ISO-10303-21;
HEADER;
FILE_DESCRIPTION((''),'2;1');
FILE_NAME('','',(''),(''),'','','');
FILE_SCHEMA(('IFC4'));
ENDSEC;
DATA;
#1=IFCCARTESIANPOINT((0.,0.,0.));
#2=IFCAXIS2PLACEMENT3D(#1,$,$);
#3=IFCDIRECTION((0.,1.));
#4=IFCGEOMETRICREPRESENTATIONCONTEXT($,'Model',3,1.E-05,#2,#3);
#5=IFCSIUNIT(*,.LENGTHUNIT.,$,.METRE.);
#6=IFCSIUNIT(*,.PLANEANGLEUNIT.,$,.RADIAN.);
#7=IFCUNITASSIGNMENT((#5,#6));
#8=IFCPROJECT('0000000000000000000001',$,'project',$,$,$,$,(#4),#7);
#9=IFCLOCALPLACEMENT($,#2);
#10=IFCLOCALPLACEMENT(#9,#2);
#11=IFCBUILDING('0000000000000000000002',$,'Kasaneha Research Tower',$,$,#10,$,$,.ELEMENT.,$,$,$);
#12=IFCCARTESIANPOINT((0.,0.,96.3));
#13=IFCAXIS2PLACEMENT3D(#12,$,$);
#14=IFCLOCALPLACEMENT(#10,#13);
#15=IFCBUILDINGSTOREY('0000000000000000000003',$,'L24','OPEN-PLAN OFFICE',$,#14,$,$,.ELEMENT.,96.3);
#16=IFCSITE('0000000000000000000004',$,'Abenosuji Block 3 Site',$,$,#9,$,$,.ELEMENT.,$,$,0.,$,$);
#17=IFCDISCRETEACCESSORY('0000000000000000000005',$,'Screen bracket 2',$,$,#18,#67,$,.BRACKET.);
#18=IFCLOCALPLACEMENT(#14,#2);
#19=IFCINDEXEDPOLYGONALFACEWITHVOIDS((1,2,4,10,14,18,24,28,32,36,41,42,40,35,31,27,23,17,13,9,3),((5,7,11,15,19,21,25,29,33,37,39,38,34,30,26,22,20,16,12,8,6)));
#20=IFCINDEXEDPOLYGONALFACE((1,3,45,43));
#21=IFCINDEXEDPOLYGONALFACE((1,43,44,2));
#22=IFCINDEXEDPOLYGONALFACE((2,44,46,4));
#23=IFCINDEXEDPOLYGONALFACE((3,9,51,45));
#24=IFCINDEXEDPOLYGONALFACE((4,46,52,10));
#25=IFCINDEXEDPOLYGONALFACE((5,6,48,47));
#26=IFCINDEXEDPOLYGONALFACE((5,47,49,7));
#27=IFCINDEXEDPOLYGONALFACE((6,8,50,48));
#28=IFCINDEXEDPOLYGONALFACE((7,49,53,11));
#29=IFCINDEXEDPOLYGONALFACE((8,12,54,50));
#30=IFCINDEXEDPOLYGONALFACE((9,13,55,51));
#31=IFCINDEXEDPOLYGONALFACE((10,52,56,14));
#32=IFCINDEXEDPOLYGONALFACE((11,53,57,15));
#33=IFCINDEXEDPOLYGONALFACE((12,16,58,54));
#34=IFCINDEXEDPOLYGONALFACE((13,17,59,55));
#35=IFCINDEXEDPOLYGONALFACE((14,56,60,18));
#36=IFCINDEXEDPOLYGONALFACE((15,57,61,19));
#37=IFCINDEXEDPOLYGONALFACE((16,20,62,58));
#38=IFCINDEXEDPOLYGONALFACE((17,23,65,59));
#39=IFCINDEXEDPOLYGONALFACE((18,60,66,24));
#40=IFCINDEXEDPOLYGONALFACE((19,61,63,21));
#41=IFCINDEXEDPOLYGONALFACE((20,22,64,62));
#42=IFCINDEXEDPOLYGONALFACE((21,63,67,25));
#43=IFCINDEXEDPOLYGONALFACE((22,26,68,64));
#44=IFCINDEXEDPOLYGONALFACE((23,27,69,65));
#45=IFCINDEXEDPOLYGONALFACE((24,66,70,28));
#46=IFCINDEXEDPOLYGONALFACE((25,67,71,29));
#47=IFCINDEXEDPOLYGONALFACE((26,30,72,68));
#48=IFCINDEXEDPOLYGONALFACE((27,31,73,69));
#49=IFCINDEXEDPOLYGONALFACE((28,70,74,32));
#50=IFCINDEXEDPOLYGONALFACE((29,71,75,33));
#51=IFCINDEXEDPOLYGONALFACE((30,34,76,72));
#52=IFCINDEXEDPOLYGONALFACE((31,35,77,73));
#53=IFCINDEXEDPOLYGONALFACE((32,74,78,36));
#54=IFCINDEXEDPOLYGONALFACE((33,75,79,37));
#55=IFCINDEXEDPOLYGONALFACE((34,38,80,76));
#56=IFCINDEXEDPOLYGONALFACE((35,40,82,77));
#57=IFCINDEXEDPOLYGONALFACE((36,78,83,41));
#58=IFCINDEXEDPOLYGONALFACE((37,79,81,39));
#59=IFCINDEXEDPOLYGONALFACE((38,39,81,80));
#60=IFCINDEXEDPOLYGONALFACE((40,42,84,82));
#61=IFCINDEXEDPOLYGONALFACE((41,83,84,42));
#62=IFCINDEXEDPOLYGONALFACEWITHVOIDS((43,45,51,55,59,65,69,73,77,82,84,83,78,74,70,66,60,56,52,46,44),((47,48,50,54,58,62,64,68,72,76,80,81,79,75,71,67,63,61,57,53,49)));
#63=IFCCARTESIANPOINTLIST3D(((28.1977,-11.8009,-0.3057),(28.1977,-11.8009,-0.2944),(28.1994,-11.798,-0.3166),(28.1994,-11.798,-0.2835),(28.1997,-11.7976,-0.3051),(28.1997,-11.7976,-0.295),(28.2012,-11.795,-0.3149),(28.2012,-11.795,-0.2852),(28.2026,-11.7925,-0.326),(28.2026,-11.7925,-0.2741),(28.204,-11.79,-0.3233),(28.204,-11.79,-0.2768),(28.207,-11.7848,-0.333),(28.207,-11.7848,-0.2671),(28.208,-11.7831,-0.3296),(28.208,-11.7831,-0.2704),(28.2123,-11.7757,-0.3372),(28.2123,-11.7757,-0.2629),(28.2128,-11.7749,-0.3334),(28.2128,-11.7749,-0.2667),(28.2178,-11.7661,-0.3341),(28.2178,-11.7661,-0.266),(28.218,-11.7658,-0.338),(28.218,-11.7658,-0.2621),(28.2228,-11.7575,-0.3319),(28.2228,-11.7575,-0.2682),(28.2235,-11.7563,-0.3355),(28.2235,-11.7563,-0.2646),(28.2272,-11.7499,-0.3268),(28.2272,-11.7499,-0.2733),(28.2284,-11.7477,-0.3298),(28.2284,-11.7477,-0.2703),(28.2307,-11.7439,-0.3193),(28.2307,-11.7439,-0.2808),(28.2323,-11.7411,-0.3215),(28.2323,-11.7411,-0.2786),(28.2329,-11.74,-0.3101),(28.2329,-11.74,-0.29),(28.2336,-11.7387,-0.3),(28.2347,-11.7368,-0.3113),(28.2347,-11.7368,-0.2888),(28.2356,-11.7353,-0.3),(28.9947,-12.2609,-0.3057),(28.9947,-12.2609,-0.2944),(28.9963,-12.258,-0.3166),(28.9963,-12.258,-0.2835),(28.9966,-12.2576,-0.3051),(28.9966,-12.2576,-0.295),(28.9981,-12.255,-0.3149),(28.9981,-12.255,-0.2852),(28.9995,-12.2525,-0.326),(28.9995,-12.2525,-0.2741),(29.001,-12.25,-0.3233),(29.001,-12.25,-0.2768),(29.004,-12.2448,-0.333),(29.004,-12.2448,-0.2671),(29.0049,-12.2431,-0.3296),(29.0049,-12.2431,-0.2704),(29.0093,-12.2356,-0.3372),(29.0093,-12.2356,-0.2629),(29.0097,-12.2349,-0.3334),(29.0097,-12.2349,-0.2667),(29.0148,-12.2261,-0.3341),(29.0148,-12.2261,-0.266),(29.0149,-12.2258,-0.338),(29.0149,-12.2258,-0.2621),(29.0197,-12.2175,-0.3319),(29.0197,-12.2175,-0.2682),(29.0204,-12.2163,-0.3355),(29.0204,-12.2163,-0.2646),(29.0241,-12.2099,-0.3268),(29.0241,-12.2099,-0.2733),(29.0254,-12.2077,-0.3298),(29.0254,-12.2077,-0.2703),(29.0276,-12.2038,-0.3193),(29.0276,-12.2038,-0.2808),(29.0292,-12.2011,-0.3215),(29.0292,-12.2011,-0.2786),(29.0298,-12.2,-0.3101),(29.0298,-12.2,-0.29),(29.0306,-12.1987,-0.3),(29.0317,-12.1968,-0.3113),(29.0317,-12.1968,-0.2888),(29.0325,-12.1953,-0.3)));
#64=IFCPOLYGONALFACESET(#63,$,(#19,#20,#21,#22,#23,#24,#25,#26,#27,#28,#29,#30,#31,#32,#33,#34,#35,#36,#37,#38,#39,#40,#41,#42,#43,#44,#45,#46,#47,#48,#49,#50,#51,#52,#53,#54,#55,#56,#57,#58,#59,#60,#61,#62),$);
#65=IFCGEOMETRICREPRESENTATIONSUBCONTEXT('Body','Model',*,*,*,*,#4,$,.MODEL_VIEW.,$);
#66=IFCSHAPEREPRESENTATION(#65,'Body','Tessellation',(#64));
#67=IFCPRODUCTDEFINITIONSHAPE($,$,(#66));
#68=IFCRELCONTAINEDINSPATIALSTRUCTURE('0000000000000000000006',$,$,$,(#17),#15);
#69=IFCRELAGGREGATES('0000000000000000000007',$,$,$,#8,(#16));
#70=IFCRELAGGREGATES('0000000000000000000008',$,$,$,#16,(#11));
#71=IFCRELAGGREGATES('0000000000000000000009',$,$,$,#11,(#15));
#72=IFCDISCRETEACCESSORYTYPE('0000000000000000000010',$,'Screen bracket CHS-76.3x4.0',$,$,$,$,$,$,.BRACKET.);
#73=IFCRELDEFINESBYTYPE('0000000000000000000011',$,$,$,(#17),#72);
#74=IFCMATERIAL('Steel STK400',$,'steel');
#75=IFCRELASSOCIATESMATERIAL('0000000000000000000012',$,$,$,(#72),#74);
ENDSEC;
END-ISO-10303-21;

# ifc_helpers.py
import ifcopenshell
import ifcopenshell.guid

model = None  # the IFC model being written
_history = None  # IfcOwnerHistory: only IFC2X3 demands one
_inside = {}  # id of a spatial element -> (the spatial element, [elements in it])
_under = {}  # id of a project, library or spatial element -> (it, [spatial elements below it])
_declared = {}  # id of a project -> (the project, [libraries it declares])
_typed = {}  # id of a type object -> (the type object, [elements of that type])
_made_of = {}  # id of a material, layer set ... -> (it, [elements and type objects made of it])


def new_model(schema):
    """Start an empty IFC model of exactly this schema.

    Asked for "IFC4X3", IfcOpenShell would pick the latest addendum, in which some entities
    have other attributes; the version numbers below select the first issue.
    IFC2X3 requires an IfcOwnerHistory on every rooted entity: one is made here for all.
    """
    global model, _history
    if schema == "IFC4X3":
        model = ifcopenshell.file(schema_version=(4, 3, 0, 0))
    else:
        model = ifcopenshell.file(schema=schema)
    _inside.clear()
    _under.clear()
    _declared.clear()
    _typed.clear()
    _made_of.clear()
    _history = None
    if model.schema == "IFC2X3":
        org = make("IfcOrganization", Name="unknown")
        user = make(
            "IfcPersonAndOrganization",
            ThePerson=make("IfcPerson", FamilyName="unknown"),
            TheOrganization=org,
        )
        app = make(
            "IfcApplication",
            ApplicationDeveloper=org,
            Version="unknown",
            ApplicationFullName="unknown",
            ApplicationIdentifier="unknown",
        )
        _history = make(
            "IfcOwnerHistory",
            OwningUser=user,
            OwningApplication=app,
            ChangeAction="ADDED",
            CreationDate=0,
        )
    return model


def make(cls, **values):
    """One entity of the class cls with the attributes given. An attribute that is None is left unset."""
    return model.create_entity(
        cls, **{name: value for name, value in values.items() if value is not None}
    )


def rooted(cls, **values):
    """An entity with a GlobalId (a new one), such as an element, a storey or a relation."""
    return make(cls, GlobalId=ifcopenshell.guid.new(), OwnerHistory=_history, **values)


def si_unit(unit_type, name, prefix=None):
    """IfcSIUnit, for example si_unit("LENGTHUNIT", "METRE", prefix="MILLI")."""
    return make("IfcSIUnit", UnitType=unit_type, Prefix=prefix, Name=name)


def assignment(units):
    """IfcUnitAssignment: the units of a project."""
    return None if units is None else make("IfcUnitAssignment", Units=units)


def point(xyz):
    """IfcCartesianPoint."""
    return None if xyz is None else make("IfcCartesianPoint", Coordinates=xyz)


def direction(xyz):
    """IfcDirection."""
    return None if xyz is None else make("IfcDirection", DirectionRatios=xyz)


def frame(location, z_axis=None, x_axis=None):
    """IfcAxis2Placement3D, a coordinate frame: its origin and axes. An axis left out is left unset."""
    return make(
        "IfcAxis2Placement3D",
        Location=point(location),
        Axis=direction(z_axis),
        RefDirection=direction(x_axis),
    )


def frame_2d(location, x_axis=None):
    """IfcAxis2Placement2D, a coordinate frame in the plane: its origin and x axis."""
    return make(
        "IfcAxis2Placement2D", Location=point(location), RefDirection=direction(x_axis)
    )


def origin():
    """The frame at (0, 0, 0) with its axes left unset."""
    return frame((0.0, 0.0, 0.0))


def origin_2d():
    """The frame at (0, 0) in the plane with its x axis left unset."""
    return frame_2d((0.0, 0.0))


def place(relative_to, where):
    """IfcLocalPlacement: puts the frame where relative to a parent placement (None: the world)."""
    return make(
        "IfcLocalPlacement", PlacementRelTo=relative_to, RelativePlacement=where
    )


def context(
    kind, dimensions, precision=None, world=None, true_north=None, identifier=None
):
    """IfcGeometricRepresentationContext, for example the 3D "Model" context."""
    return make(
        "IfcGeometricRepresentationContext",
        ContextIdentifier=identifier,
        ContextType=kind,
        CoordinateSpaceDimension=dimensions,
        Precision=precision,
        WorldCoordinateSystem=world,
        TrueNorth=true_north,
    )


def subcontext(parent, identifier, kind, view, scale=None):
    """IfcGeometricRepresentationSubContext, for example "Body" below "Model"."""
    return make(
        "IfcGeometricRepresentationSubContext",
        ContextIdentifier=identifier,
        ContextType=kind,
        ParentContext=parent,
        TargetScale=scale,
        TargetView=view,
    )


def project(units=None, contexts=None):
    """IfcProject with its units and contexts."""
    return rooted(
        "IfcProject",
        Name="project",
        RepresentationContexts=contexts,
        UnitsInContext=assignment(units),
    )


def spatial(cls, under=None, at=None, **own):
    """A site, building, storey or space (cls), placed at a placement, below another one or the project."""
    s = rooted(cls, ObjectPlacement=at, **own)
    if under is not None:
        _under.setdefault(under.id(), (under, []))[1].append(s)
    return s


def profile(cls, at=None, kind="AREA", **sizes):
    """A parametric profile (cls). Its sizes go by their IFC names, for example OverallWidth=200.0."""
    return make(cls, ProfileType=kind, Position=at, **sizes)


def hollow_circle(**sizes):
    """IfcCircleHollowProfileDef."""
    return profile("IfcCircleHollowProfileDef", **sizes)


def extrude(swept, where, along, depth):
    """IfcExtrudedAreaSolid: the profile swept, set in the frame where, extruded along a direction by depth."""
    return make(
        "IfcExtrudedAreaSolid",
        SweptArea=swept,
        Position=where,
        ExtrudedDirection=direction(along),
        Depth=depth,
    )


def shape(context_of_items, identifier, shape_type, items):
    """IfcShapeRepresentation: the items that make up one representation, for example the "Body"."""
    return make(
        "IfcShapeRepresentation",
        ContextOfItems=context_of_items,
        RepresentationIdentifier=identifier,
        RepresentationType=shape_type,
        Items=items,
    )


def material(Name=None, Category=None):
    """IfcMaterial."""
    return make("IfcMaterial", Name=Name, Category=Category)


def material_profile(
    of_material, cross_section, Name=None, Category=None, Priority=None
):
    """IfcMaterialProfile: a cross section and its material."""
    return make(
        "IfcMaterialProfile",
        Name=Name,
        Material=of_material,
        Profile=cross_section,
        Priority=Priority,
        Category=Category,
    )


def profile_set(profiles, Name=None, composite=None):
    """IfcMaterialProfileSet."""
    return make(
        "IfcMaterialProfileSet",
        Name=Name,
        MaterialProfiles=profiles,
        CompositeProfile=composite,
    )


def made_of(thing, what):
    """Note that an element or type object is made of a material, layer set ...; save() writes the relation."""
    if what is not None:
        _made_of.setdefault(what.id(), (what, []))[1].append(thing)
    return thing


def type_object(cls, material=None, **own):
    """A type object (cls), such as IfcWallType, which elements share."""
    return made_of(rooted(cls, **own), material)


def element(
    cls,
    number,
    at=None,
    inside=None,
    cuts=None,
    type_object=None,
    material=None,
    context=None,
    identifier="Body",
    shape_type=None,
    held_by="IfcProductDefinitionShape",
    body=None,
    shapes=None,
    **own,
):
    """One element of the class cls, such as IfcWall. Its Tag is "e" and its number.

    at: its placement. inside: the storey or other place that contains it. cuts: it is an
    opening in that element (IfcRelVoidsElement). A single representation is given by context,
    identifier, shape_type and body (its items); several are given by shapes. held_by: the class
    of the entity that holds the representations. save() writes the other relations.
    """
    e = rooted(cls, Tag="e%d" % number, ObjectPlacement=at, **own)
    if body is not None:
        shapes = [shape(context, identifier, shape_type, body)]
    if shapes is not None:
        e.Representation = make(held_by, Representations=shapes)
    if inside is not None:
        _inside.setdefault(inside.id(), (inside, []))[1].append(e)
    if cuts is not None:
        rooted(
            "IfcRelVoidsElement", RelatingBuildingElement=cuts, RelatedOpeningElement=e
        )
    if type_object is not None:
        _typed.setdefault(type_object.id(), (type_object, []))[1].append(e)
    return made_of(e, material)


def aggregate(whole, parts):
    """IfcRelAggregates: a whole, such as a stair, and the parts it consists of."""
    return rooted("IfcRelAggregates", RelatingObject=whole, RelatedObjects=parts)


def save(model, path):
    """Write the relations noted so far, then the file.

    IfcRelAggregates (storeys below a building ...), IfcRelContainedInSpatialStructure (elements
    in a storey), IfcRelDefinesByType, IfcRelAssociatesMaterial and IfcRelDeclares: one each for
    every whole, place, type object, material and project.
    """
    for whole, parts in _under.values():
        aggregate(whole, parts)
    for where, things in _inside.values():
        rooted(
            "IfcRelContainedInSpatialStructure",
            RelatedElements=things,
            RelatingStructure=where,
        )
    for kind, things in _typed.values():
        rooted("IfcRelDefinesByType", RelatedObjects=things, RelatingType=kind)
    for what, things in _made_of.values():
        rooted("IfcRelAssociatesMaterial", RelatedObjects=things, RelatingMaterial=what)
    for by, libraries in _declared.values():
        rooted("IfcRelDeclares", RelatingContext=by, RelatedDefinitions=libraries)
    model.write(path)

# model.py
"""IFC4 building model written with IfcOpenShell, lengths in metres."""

from ifc_helpers import new_model, si_unit, direction, frame, origin, origin_2d, place, context, subcontext, project, spatial, hollow_circle, extrude, material, material_profile, profile_set, type_object, element, save


model = new_model("IFC4")

# Units and contexts
model_context = context("Model", 3, precision=1e-05, world=origin(), true_north=direction((0.0, 1.0)))
body_context = subcontext(model_context, "Body", "Model", "MODEL_VIEW")
ifc_project = project(units=[si_unit("LENGTHUNIT", "METRE"), si_unit("PLANEANGLEUNIT", "RADIAN")], contexts=[model_context])

# Site, building, storey
site_placement = place(None, origin())
site = spatial("IfcSite", under=ifc_project, at=site_placement, Name="Abenosuji Block 3 Site", CompositionType="ELEMENT", RefElevation=0.0)
building_placement = place(site_placement, origin())
building = spatial("IfcBuilding", under=site, at=building_placement, Name="Kasaneha Research Tower", CompositionType="ELEMENT")
storey_placement = place(building_placement, frame((0.0, 0.0, 96.3)))
storey = spatial("IfcBuildingStorey", under=building, at=storey_placement, Name="L24", Description="OPEN-PLAN OFFICE", CompositionType="ELEMENT", Elevation=96.3)

# Discrete accessory
ifc_material_1 = material(Name="Steel STK400", Category="steel")
ifc_material_profile_1 = material_profile(ifc_material_1, hollow_circle(Radius=0.0381, WallThickness=0.0039, at=origin_2d()), Name="CHS-76.3x4.0")
ifc_profile_set_1 = profile_set([ifc_material_profile_1], Name="Steel STK400")
discrete_accessory_type = type_object("IfcDiscreteAccessoryType", Name="Screen bracket CHS-76.3x4.0", PredefinedType="BRACKET", material=ifc_profile_set_1)
for number, where, z_axis, x_axis, name in (
    (1, (28.2166, -11.7683, -0.3), (0.86608, -0.499906, 0.0), (0.499906, 0.86608, 0.0), "Screen bracket 2"),
):
    element("IfcDiscreteAccessory", number, at=place(storey_placement, frame(where, z_axis=z_axis, x_axis=x_axis)), inside=storey, type_object=discrete_accessory_type, Name=name, PredefinedType="BRACKET", context=body_context, shape_type="SweptSolid", body=[
        extrude(hollow_circle(Radius=0.0381, WallThickness=0.0039, at=origin_2d()), origin(), (0.0, 0.0, 1.0), 0.9202),
    ])

save(model, "model.ifc")
